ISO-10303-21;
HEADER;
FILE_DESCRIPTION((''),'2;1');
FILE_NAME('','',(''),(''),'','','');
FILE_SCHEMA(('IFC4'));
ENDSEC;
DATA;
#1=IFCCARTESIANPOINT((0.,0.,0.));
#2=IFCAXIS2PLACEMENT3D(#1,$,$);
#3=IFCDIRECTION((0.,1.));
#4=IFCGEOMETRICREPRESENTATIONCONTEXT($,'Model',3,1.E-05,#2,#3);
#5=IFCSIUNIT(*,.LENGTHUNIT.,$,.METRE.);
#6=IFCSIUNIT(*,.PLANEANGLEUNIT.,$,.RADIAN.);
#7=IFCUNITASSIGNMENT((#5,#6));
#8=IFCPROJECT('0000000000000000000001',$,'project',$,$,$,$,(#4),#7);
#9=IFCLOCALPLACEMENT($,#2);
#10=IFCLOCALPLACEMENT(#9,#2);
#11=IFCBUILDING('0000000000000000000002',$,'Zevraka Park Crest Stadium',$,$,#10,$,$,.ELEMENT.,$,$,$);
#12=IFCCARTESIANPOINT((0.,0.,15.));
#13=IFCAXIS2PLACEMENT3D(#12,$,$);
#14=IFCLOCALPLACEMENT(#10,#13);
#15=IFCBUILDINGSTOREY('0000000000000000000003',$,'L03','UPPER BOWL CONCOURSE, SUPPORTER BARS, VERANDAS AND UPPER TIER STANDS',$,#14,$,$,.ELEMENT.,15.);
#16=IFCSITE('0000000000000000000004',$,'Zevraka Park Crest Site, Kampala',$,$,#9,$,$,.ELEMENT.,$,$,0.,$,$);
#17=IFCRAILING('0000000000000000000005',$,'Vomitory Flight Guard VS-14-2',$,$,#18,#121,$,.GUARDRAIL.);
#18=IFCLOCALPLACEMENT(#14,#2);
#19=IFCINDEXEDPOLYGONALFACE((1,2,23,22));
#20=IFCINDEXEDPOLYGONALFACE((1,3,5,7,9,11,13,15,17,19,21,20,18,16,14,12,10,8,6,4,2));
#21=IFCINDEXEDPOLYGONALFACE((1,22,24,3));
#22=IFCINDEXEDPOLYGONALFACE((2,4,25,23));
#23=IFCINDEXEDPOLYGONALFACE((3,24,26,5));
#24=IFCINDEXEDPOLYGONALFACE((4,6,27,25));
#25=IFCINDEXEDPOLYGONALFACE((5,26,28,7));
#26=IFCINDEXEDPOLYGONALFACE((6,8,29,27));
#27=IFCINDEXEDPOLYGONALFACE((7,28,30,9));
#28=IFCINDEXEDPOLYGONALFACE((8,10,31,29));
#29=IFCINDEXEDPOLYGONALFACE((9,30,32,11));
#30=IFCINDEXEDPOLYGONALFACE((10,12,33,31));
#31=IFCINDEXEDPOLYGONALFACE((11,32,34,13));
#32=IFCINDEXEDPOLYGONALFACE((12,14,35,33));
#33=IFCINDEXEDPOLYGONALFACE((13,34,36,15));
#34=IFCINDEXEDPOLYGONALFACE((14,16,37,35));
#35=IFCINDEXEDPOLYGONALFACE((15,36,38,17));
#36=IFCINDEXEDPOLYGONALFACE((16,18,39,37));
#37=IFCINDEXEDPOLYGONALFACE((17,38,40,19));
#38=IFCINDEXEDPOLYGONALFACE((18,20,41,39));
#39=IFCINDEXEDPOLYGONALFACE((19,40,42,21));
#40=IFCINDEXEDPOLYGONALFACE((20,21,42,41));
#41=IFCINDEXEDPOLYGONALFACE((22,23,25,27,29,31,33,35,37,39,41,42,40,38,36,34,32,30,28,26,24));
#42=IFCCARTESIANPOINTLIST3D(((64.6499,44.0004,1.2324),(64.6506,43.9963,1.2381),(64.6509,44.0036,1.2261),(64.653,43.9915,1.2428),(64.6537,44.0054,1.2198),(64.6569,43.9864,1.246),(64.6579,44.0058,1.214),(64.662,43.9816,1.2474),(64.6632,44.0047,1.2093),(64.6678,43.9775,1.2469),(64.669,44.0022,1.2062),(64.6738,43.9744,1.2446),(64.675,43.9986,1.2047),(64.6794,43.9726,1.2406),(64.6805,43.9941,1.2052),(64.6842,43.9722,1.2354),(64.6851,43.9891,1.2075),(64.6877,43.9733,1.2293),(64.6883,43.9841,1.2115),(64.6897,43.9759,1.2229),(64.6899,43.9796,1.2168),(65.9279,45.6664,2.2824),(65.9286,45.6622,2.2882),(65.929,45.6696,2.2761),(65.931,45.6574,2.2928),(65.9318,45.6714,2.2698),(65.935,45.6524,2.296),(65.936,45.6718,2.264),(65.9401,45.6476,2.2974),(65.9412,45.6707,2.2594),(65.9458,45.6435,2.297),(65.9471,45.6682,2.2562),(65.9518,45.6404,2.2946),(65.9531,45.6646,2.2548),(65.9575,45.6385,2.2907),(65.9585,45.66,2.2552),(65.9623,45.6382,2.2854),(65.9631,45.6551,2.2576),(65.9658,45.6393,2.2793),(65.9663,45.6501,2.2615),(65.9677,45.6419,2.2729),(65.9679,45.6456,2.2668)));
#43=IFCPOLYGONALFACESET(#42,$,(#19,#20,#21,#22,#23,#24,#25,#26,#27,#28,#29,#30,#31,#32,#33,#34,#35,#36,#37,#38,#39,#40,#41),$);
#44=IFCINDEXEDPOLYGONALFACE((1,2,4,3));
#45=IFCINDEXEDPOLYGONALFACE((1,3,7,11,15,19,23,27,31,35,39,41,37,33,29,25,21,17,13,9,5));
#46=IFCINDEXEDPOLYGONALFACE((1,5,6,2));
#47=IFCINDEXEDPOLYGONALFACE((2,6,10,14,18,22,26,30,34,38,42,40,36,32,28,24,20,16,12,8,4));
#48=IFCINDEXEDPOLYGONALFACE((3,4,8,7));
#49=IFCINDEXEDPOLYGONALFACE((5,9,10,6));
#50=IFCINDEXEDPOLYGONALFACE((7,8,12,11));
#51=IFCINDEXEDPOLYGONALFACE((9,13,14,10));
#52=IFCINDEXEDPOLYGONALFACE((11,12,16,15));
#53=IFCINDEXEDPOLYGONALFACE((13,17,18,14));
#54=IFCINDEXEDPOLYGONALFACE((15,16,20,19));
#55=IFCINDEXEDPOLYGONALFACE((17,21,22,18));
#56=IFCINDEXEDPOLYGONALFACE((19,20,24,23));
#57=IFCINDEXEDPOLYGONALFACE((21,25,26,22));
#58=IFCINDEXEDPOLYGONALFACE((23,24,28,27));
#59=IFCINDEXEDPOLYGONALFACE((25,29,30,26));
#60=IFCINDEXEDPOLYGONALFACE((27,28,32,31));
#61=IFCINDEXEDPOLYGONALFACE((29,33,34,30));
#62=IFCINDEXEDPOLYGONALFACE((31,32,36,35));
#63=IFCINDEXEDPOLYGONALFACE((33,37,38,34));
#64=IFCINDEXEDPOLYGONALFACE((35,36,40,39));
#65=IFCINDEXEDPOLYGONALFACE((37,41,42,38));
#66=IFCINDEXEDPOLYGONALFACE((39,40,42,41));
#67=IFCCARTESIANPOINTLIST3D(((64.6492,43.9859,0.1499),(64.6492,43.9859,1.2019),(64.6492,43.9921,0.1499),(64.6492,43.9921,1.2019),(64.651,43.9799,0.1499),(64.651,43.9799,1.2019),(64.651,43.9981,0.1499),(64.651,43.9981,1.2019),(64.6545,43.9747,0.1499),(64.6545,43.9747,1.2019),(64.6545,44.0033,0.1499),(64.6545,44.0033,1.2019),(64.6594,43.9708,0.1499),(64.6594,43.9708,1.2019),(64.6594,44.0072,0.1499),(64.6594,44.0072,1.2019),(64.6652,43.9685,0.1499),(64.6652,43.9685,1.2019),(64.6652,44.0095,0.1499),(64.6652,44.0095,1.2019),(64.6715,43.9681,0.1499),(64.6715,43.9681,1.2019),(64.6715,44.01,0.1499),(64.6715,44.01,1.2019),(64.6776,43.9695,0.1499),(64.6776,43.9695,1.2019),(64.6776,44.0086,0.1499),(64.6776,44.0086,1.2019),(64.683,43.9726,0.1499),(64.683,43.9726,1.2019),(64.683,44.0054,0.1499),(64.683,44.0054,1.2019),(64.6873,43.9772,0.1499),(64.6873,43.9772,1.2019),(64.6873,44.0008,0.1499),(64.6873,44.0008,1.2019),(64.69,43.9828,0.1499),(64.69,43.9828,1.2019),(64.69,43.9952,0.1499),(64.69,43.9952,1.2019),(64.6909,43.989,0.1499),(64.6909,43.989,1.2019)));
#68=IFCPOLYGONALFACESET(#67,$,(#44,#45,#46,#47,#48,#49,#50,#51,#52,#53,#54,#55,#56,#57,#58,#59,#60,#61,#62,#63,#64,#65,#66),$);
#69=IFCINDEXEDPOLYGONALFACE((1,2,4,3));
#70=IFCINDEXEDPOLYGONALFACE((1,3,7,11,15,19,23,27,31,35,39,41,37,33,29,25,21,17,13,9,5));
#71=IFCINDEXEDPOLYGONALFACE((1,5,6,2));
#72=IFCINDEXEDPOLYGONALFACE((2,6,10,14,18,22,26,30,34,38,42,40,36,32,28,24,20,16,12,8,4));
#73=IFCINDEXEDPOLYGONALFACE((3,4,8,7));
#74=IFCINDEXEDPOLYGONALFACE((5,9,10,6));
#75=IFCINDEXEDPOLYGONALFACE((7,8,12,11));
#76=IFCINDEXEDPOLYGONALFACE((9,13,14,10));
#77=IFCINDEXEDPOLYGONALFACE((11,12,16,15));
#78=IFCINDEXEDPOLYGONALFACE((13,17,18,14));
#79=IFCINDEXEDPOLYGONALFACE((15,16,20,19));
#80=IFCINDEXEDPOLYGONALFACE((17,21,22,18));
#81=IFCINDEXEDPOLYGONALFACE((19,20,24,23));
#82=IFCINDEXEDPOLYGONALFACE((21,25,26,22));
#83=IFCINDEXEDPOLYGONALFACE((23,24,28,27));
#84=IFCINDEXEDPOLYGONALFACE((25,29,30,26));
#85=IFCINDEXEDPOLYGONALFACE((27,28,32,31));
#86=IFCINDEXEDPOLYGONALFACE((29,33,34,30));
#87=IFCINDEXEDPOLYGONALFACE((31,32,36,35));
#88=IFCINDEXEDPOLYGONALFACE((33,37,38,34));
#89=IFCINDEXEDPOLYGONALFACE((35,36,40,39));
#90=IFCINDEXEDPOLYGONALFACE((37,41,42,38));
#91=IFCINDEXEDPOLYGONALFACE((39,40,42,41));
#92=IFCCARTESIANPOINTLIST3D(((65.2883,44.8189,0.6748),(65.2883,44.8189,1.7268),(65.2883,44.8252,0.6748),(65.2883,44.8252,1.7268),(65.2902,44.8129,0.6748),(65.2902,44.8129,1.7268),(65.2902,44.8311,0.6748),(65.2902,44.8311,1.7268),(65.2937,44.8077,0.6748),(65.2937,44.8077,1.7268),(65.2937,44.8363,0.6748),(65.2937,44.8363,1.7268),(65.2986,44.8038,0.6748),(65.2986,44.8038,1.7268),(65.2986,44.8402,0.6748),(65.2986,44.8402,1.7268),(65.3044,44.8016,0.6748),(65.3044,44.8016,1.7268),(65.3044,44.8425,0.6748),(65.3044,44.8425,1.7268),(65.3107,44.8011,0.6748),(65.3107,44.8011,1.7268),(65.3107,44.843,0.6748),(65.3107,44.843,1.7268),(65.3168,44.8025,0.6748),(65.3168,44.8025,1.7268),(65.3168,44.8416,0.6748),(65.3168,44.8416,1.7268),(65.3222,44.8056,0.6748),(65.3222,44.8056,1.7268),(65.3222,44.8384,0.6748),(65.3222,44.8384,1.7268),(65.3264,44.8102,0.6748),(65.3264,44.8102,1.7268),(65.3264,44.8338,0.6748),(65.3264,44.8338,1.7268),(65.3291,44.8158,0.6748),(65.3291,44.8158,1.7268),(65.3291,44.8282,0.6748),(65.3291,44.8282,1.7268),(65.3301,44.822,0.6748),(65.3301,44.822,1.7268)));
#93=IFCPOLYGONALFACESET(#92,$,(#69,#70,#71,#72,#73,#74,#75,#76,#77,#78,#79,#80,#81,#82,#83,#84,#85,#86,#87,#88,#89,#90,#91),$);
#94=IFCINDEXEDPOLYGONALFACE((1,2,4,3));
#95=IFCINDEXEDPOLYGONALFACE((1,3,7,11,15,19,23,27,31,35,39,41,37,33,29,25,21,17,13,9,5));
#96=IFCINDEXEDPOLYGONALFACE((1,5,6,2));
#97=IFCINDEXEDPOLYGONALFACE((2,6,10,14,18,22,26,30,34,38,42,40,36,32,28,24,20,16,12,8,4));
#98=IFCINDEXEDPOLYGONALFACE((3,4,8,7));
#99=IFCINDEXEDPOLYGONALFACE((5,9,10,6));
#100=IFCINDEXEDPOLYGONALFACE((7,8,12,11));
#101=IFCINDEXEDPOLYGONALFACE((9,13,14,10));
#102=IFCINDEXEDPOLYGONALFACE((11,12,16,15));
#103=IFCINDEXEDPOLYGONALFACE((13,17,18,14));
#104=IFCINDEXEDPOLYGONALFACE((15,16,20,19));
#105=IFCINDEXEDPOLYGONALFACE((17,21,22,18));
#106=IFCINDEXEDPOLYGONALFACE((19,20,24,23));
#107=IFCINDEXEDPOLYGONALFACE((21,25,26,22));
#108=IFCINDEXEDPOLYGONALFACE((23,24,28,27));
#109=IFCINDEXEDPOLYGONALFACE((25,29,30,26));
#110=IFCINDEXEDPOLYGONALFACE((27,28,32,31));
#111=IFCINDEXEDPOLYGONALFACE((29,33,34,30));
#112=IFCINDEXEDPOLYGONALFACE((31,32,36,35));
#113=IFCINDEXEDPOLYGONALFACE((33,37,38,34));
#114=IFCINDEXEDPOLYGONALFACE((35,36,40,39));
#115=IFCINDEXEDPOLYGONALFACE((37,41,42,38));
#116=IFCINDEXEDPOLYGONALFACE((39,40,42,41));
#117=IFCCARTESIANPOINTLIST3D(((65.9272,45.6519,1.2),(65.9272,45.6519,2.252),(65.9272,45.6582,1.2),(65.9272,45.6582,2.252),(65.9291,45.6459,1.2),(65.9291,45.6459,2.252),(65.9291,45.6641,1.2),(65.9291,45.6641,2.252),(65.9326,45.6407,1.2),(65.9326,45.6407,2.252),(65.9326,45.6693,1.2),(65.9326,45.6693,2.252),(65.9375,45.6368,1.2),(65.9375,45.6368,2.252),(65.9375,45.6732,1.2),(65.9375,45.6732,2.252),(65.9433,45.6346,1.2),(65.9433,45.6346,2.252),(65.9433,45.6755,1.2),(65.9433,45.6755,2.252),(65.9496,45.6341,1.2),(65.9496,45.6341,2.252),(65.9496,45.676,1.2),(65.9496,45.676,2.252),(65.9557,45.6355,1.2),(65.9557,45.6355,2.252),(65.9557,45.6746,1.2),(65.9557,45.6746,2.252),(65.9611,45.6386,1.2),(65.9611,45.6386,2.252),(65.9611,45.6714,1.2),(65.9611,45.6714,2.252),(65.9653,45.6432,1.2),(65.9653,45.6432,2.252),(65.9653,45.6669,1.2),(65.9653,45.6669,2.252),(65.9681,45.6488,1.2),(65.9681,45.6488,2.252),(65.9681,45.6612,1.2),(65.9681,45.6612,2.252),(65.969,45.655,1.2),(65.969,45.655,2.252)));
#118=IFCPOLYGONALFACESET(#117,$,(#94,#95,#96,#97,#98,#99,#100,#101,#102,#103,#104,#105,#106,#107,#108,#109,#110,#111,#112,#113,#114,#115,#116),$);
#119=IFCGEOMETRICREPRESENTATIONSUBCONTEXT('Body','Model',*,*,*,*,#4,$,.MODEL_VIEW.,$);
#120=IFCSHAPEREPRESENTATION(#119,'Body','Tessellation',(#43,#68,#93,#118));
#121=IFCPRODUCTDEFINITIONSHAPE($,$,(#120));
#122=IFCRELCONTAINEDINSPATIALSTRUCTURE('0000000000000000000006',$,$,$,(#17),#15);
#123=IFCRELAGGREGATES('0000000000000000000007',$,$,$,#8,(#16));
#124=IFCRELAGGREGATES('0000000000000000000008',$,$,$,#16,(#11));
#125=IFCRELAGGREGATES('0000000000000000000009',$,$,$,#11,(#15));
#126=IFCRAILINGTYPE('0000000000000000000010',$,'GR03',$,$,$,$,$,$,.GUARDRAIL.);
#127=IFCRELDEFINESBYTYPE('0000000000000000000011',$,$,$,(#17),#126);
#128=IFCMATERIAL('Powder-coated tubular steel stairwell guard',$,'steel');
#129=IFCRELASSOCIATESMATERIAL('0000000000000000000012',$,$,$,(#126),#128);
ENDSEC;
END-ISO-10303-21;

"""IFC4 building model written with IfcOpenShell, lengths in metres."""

from ifc_helpers import new_model, si_unit, direction, frame, origin, origin_2d, place, context, subcontext, project, spatial, circle, extrude, material, type_object, element, save


model = new_model("IFC4")

# Units and contexts
model_context = context("Model", 3, precision=1e-05, world=origin(), true_north=direction((0.0, 1.0)))
body_context = subcontext(model_context, "Body", "Model", "MODEL_VIEW")
ifc_project = project(units=[si_unit("LENGTHUNIT", "METRE"), si_unit("PLANEANGLEUNIT", "RADIAN")], contexts=[model_context])

# Site, building, storey
site_placement = place(None, origin())
site = spatial("IfcSite", under=ifc_project, at=site_placement, Name="Zevraka Park Crest Site, Kampala", CompositionType="ELEMENT", RefElevation=0.0)
building_placement = place(site_placement, origin())
building = spatial("IfcBuilding", under=site, at=building_placement, Name="Zevraka Park Crest Stadium", CompositionType="ELEMENT")
storey_placement = place(building_placement, frame((0.0, 0.0, 15.0)))
storey = spatial("IfcBuildingStorey", under=building, at=storey_placement, Name="L03", Description="UPPER BOWL CONCOURSE, SUPPORTER BARS, VERANDAS AND UPPER TIER STANDS", CompositionType="ELEMENT", Elevation=15.0)

# Railing
ifc_material_1 = material(Name="Powder-coated tubular steel stairwell guard", Category="steel")
railing_type_1 = type_object("IfcRailingType", Name="GR03", PredefinedType="GUARDRAIL", material=ifc_material_1)
railing_1_placement = place(storey_placement, frame((64.6699, 43.989, 0.1499)))
element("IfcRailing", 1, at=railing_1_placement, inside=storey, type_object=railing_type_1, Name="Vomitory Flight Guard VS-14-2", PredefinedType="GUARDRAIL", context=body_context, shape_type="SweptSolid", body=[
    extrude(circle(Radius=0.0239, at=origin_2d()), frame((0.0, 0.0, 1.0762), z_axis=(0.544395, 0.709638, 0.447267), x_axis=(-0.793423, 0.608671, 0.0)), (0.0, 0.0, 1.0), 2.3477),
    extrude(circle(Radius=0.021, at=origin_2d()), origin(), (0.0, 0.0, 1.0), 1.052),
    extrude(circle(Radius=0.021, at=origin_2d()), frame((0.6392, 0.833, 0.5249)), (0.0, 0.0, 1.0), 1.052),
    extrude(circle(Radius=0.021, at=origin_2d()), frame((1.2781, 1.666, 1.05)), (0.0, 0.0, 1.0), 1.052),
])

save(model, "model.ifc")
